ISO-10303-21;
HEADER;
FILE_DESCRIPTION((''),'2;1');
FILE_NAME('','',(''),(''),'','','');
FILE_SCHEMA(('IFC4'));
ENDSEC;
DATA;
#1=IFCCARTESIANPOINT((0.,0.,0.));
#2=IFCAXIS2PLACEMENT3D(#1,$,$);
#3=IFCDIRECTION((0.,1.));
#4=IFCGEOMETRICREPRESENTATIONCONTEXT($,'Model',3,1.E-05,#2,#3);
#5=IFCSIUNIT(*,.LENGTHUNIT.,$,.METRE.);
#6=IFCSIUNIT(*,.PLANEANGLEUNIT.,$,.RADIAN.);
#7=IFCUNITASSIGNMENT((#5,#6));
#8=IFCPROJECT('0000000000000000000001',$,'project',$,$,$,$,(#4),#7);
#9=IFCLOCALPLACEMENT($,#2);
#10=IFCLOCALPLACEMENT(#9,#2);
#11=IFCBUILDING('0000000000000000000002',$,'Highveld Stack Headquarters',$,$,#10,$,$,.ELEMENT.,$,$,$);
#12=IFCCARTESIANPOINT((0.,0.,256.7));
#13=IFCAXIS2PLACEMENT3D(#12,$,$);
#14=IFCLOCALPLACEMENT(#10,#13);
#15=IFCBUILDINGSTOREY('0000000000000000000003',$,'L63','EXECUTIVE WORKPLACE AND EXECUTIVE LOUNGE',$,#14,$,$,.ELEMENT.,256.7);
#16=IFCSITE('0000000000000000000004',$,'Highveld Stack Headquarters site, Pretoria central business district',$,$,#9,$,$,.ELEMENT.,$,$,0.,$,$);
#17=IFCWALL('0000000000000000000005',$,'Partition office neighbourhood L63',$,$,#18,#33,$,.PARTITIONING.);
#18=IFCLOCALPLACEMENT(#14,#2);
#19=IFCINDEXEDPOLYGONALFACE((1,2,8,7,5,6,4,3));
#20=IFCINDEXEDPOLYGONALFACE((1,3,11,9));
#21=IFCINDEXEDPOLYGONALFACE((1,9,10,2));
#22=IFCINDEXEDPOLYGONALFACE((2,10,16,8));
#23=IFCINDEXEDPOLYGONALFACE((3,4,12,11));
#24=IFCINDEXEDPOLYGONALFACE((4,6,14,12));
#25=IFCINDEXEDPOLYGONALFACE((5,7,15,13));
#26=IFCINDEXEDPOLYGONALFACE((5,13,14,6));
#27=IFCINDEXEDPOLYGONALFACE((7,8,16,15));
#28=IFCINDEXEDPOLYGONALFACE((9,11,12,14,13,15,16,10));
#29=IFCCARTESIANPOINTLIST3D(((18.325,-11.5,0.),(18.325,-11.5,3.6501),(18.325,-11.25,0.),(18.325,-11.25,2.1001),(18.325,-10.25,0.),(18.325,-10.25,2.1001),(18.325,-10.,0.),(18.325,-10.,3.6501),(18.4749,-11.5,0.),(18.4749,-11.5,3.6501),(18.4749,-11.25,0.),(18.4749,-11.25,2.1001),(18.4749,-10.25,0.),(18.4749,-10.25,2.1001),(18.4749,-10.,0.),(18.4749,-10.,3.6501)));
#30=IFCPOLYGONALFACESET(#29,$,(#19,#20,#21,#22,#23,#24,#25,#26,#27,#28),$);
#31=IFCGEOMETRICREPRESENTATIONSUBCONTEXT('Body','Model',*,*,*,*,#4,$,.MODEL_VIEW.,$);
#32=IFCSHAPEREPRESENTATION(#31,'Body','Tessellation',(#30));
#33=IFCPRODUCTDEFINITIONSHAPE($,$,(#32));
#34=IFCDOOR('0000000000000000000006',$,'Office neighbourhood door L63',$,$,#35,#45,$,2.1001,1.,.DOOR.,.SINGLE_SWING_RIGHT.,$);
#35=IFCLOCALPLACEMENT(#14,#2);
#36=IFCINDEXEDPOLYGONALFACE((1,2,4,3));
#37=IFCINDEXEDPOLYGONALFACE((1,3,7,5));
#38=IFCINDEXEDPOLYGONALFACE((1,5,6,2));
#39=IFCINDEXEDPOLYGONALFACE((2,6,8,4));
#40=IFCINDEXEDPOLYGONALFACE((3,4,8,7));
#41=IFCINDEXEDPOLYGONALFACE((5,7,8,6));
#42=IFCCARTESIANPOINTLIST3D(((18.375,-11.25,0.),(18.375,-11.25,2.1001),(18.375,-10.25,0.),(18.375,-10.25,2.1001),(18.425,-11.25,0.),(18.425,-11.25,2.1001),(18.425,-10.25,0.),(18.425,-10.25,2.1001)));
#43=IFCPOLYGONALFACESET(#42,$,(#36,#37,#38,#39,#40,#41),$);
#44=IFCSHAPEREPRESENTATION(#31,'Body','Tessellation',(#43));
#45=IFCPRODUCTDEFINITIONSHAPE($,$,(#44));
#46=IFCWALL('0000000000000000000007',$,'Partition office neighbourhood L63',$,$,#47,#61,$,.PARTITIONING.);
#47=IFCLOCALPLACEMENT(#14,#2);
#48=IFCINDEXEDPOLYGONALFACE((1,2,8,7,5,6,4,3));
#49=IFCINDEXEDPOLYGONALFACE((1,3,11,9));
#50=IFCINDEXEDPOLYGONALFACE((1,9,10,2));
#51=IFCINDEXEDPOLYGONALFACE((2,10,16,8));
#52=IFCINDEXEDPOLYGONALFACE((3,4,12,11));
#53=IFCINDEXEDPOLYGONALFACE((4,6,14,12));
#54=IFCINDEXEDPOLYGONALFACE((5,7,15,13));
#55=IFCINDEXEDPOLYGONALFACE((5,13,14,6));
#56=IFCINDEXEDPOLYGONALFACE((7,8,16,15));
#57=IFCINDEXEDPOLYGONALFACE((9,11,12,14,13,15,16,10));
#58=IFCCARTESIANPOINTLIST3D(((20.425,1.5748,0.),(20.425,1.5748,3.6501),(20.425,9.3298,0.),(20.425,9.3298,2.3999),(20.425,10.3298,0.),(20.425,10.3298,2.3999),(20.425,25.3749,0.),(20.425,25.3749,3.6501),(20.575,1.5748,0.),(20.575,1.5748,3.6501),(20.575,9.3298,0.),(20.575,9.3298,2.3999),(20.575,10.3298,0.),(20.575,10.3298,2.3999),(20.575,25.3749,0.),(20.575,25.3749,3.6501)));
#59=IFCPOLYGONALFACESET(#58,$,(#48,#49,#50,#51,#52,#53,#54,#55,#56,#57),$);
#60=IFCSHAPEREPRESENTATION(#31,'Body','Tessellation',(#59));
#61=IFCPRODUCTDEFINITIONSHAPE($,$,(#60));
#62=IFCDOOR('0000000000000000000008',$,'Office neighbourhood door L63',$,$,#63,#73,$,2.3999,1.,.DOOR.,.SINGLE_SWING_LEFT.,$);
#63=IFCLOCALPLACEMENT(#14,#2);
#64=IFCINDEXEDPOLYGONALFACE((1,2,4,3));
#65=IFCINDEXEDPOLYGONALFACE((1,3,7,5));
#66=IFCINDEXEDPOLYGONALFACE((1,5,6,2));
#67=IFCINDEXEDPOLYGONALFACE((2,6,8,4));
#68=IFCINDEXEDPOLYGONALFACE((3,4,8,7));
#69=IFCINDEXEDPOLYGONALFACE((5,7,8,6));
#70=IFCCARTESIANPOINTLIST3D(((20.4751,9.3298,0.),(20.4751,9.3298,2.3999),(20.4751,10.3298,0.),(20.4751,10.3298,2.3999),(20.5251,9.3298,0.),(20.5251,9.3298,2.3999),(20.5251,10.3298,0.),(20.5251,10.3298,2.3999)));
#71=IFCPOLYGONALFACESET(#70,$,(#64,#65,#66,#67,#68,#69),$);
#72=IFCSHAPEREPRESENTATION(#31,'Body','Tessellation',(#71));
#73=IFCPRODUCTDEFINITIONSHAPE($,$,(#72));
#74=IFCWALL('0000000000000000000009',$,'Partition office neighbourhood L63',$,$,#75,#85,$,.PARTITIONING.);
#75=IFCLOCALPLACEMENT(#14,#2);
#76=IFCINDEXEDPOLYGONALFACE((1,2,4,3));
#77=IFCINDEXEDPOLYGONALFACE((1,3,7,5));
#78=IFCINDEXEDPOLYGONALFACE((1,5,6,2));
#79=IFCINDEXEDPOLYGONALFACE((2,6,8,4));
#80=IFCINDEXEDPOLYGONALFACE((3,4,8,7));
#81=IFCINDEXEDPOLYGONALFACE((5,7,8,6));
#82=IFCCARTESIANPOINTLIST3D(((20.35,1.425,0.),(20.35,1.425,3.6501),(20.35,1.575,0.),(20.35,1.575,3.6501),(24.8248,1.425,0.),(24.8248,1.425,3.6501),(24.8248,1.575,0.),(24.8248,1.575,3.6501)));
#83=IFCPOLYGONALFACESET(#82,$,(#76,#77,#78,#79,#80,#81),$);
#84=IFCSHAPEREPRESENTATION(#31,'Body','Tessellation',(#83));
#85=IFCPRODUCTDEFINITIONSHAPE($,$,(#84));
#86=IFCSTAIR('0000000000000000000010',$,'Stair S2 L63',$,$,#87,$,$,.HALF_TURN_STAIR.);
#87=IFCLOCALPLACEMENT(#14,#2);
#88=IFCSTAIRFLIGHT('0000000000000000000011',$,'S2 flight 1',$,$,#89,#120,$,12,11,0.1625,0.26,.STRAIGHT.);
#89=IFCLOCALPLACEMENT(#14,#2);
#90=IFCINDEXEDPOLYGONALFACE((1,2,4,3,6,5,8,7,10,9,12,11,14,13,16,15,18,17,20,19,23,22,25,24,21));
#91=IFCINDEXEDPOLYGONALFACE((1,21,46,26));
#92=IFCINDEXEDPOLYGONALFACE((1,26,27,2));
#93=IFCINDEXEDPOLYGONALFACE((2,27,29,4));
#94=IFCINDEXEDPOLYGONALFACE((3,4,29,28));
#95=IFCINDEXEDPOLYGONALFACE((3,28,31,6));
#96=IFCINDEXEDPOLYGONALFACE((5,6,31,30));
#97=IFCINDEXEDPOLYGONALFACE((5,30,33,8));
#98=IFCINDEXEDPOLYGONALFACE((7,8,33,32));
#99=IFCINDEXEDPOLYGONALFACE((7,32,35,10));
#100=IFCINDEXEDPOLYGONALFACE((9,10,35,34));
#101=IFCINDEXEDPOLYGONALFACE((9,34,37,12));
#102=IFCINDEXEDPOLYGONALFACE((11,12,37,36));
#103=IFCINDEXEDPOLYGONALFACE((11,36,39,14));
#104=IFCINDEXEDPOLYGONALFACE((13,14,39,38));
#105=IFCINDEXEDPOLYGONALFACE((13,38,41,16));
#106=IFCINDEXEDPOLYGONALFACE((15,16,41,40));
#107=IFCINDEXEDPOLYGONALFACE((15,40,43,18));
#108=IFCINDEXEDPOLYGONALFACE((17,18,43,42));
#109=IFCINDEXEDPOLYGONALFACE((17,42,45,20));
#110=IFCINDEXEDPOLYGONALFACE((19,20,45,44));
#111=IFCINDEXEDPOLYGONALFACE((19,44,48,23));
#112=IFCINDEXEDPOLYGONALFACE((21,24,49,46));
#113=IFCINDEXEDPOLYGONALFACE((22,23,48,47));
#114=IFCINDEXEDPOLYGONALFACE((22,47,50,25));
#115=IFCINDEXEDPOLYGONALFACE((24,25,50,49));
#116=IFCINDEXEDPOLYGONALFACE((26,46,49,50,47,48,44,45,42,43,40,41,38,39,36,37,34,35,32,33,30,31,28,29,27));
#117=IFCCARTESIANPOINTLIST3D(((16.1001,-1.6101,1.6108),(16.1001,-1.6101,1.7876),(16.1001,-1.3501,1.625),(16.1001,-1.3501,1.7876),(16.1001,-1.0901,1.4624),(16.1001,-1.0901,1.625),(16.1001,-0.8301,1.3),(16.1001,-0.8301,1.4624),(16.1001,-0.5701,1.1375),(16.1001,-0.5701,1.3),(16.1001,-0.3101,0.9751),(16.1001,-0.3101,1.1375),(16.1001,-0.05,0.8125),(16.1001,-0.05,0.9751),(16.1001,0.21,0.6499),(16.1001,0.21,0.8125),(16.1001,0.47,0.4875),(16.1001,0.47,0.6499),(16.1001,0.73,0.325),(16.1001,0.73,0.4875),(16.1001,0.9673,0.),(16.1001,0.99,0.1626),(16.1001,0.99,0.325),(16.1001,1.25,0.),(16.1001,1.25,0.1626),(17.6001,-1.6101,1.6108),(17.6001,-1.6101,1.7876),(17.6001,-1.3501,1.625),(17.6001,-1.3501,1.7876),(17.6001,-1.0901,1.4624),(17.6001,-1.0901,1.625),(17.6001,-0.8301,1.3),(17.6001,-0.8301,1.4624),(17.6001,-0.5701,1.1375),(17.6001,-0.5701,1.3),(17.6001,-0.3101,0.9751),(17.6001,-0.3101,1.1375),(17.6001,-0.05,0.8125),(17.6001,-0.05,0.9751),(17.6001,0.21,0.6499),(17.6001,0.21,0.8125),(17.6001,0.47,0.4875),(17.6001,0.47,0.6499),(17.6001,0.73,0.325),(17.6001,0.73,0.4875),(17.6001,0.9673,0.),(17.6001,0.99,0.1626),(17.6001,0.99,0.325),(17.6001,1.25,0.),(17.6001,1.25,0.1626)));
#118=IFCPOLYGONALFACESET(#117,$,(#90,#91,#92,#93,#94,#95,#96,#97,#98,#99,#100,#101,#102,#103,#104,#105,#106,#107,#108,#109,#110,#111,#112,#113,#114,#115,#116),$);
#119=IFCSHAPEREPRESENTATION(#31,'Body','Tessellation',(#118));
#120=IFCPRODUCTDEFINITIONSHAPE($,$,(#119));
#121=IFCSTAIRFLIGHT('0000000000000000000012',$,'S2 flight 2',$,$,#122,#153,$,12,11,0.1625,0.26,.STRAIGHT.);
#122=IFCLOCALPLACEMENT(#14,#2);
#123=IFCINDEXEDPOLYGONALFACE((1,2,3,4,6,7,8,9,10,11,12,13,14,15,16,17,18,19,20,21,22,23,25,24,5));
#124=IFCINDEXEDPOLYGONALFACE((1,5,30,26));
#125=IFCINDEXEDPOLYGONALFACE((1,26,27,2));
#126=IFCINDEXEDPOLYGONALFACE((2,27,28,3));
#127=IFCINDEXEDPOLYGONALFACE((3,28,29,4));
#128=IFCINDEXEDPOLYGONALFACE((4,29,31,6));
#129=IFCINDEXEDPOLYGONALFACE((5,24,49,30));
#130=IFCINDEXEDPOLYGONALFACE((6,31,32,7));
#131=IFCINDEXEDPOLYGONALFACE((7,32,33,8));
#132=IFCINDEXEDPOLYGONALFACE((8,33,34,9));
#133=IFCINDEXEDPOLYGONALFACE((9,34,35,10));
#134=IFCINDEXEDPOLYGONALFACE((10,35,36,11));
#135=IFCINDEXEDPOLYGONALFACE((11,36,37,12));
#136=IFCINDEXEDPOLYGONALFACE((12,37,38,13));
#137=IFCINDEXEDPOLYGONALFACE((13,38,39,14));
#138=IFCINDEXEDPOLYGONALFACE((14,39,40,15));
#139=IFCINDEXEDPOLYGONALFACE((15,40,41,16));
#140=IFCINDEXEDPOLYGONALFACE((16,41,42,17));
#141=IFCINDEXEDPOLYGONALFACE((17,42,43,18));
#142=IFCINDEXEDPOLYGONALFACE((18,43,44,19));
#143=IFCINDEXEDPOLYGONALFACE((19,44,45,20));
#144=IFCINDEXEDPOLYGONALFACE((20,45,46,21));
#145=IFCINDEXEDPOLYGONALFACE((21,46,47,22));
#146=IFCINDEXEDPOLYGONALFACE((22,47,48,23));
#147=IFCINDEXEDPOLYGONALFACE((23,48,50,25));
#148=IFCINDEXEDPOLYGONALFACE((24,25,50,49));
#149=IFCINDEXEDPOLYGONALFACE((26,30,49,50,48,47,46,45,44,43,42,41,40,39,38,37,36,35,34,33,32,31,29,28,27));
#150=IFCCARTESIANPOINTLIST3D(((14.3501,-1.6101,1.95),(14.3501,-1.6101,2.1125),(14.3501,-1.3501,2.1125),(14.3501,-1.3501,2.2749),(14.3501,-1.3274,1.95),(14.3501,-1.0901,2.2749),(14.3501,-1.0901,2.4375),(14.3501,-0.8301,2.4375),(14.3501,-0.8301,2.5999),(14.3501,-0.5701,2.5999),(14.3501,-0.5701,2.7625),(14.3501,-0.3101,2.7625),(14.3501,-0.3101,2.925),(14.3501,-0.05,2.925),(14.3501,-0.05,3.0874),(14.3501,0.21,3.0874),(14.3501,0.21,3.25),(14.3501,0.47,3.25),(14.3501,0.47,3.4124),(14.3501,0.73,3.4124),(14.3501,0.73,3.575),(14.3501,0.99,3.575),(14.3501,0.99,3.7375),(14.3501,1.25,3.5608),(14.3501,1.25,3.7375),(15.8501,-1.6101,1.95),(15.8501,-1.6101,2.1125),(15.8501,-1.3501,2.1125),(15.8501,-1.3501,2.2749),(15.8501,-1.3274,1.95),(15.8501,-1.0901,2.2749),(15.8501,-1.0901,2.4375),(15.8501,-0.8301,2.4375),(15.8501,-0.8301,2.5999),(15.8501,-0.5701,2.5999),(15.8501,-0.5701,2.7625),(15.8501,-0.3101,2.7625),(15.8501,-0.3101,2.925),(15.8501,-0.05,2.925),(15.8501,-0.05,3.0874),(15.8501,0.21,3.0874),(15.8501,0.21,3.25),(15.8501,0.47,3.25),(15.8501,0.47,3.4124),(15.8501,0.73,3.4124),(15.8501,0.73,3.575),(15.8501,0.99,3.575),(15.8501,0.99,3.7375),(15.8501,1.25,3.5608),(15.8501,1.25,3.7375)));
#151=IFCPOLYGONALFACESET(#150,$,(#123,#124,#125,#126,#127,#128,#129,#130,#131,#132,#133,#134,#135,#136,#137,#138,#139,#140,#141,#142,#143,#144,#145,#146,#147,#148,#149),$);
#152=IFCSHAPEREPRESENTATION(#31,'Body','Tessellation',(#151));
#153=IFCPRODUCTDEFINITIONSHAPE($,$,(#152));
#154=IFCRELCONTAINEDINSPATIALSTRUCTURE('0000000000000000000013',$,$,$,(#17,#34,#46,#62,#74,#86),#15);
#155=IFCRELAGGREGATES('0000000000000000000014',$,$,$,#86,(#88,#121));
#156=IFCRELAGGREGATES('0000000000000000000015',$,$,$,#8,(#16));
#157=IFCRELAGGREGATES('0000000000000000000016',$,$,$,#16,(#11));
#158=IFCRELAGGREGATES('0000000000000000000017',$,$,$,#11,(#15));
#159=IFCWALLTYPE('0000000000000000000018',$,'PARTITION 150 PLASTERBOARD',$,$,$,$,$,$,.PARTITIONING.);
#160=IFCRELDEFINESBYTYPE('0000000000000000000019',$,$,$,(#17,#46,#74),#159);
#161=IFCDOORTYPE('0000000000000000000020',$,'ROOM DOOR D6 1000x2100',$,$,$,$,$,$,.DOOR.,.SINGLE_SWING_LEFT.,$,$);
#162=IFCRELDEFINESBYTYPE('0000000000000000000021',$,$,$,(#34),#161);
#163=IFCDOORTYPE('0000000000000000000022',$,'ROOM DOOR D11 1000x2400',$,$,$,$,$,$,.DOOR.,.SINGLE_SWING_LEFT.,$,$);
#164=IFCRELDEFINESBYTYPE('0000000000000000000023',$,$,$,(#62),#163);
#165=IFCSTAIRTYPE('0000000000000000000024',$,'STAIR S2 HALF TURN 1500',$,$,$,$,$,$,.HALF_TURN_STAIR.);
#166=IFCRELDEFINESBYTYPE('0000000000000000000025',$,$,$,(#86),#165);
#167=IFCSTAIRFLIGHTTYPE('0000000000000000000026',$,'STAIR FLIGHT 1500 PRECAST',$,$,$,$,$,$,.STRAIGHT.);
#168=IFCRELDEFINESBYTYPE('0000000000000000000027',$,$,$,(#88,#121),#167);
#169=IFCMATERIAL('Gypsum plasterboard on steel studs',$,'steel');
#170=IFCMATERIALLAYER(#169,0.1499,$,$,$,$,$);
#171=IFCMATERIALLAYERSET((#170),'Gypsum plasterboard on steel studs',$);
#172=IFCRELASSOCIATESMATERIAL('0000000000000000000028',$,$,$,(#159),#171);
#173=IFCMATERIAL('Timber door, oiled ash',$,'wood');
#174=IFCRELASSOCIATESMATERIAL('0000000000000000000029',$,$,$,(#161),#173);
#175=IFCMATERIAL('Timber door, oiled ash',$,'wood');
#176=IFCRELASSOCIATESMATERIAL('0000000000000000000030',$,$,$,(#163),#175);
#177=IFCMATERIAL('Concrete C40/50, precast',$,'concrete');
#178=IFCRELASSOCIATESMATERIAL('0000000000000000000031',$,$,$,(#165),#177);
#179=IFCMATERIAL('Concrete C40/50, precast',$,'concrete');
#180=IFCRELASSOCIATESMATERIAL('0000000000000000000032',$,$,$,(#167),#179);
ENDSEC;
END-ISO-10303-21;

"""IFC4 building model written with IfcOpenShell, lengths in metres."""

from ifc_helpers import new_model, si_unit, direction, frame, frame_2d, origin, place, context, subcontext, project, spatial, polyline, rectangle, outline, extrude, material, layer, layer_set, type_object, element, fill, aggregate, save


model = new_model("IFC4")

# Units and contexts
model_context = context("Model", 3, precision=1e-05, world=origin(), true_north=direction((0.0, 1.0)))
body_context = subcontext(model_context, "Body", "Model", "MODEL_VIEW")
ifc_project = project(units=[si_unit("LENGTHUNIT", "METRE"), si_unit("PLANEANGLEUNIT", "RADIAN")], contexts=[model_context])

# Site, building, storey
site_placement = place(None, origin())
site = spatial("IfcSite", under=ifc_project, at=site_placement, Name="Highveld Stack Headquarters site, Pretoria central business district", CompositionType="ELEMENT", RefElevation=0.0)
building_placement = place(site_placement, origin())
building = spatial("IfcBuilding", under=site, at=building_placement, Name="Highveld Stack Headquarters", CompositionType="ELEMENT")
storey_placement = place(building_placement, frame((0.0, 0.0, 256.7)))
storey = spatial("IfcBuildingStorey", under=building, at=storey_placement, Name="L63", Description="EXECUTIVE WORKPLACE AND EXECUTIVE LOUNGE", CompositionType="ELEMENT", Elevation=256.7)

# Shared definitions
ifc_material_1 = material(Name="Gypsum plasterboard on steel studs", Category="steel")
ifc_layer_1 = layer(ifc_material_1, 0.1499)
ifc_layer_set_1 = layer_set([ifc_layer_1], Name="Gypsum plasterboard on steel studs")
wall_type_1 = type_object("IfcWallType", Name="PARTITION 150 PLASTERBOARD", PredefinedType="PARTITIONING", material=ifc_layer_set_1)

# Walls, openings, doors
wall_1_placement = place(storey_placement, frame((18.3999, -11.5, 0.0), z_axis=(0.0, 0.0, 1.0), x_axis=(0.0, 1.0, 0.0)))
wall_1 = element("IfcWall", 1, at=wall_1_placement, inside=storey, type_object=wall_type_1, Name="Partition office neighbourhood L63", PredefinedType="PARTITIONING", context=body_context, shape_type="SweptSolid", body=[
    extrude(rectangle(XDim=1.5, YDim=0.1499, at=frame_2d((0.75, 0.0))), origin(), (0.0, 0.0, 1.0), 3.6501),
])
opening_1_placement = place(wall_1_placement, frame((0.25, 0.0, 0.0)))
opening_1 = element("IfcOpeningElement", 2, at=opening_1_placement, cuts=wall_1, PredefinedType="OPENING", context=body_context, shape_type="SweptSolid", body=[
    extrude(rectangle(XDim=1.0, YDim=2.1001, at=frame_2d((0.5, 1.05))), frame((0.0, 0.085, 0.0), z_axis=(0.0, -1.0, 0.0), x_axis=(1.0, 0.0, 0.0)), (0.0, 0.0, 1.0), 0.1699),
])
ifc_material_2 = material(Name="Timber door, oiled ash", Category="wood")
door_type_1 = type_object("IfcDoorType", Name="ROOM DOOR D6 1000x2100", OperationType="SINGLE_SWING_LEFT", PredefinedType="DOOR", material=ifc_material_2)
door_1_placement = place(opening_1_placement, origin())
door_1 = element("IfcDoor", 3, at=door_1_placement, inside=storey, type_object=door_type_1, Name="Office neighbourhood door L63", OperationType="SINGLE_SWING_RIGHT", OverallHeight=2.1001, OverallWidth=1.0, PredefinedType="DOOR", context=body_context, shape_type="SweptSolid", body=[
    extrude(rectangle(XDim=1.0, YDim=2.1001, at=frame_2d((0.5, 1.05))), frame((0.0, 0.0249, 0.0), z_axis=(0.0, -1.0, 0.0), x_axis=(1.0, 0.0, 0.0)), (0.0, 0.0, 1.0), 0.05),
])
fill(opening_1, door_1)
wall_2_placement = place(storey_placement, frame((20.5, 1.575, 0.0), z_axis=(0.0, 0.0, 1.0), x_axis=(0.0, 1.0, 0.0)))
wall_2 = element("IfcWall", 4, at=wall_2_placement, inside=storey, type_object=wall_type_1, Name="Partition office neighbourhood L63", PredefinedType="PARTITIONING", context=body_context, shape_type="SweptSolid", body=[
    extrude(rectangle(XDim=23.8, YDim=0.1499, at=frame_2d((11.8999, 0.0))), origin(), (0.0, 0.0, 1.0), 3.6501),
])
opening_2_placement = place(wall_2_placement, frame((7.7549, 0.0, 0.0)))
opening_2 = element("IfcOpeningElement", 5, at=opening_2_placement, cuts=wall_2, PredefinedType="OPENING", context=body_context, shape_type="SweptSolid", body=[
    extrude(rectangle(XDim=1.0, YDim=2.3999, at=frame_2d((0.5, 1.2))), frame((0.0, 0.085, 0.0), z_axis=(0.0, -1.0, 0.0), x_axis=(1.0, 0.0, 0.0)), (0.0, 0.0, 1.0), 0.1699),
])
ifc_material_3 = material(Name="Timber door, oiled ash", Category="wood")
door_type_2 = type_object("IfcDoorType", Name="ROOM DOOR D11 1000x2400", OperationType="SINGLE_SWING_LEFT", PredefinedType="DOOR", material=ifc_material_3)
door_2_placement = place(opening_2_placement, origin())
door_2 = element("IfcDoor", 6, at=door_2_placement, inside=storey, type_object=door_type_2, Name="Office neighbourhood door L63", OperationType="SINGLE_SWING_LEFT", OverallHeight=2.3999, OverallWidth=1.0, PredefinedType="DOOR", context=body_context, shape_type="SweptSolid", body=[
    extrude(rectangle(XDim=1.0, YDim=2.3999, at=frame_2d((0.5, 1.2))), frame((0.0, 0.0249, 0.0), z_axis=(0.0, -1.0, 0.0), x_axis=(1.0, 0.0, 0.0)), (0.0, 0.0, 1.0), 0.05),
])
fill(opening_2, door_2)

# Wall
wall_3_placement = place(storey_placement, frame((20.3501, 1.5, 0.0), z_axis=(0.0, 0.0, 1.0), x_axis=(1.0, 0.0, 0.0)))
element("IfcWall", 7, at=wall_3_placement, inside=storey, type_object=wall_type_1, Name="Partition office neighbourhood L63", PredefinedType="PARTITIONING", context=body_context, shape_type="SweptSolid", body=[
    extrude(rectangle(XDim=4.4749, YDim=0.1499, at=frame_2d((2.2373, 0.0))), origin(), (0.0, 0.0, 1.0), 3.6501),
])

# Stair, stair flights
ifc_material_4 = material(Name="Concrete C40/50, precast", Category="concrete")
stair_type = type_object("IfcStairType", Name="STAIR S2 HALF TURN 1500", PredefinedType="HALF_TURN_STAIR", material=ifc_material_4)
stair_placement = place(storey_placement, origin())
stair = element("IfcStair", 8, at=stair_placement, inside=storey, type_object=stair_type, Name="Stair S2 L63", PredefinedType="HALF_TURN_STAIR")
ifc_material_5 = material(Name="Concrete C40/50, precast", Category="concrete")
stair_flight_type = type_object("IfcStairFlightType", Name="STAIR FLIGHT 1500 PRECAST", PredefinedType="STRAIGHT", material=ifc_material_5)
stair_flight_1_placement = place(storey_placement, frame((16.8501, 1.25, 0.0), z_axis=(0.0, 0.0, 1.0), x_axis=(0.0, -1.0, 0.0)))
stair_flight_1 = element("IfcStairFlight", 9, at=stair_flight_1_placement, type_object=stair_flight_type, Name="S2 flight 1", NumberOfRisers=12, NumberOfTreads=11, PredefinedType="STRAIGHT", RiserHeight=0.1625, TreadLength=0.26, context=body_context, shape_type="SweptSolid", body=[
    extrude(outline(polyline([(0.0, 0.0), (0.0, 0.1626), (0.26, 0.1626), (0.26, 0.325), (0.52, 0.325), (0.52, 0.4875), (0.78, 0.4875), (0.78, 0.6499), (1.04, 0.6499), (1.04, 0.8125), (1.3, 0.8125), (1.3, 0.9751), (1.5601, 0.9751), (1.5601, 1.1375), (1.8201, 1.1375), (1.8201, 1.3), (2.0801, 1.3), (2.0801, 1.4624), (2.3401, 1.4624), (2.3401, 1.625), (2.6001, 1.625), (2.6001, 1.7876), (2.8601, 1.7876), (2.8601, 1.95), (2.8601, 1.6108), (0.2827, 0.0), (0.0, 0.0)])), frame((0.0, 0.75, 0.0), z_axis=(0.0, -1.0, 0.0), x_axis=(1.0, 0.0, 0.0)), (0.0, 0.0, 1.0), 1.5),
])
stair_flight_2_placement = place(storey_placement, frame((15.1001, -1.6101, 1.95), z_axis=(0.0, 0.0, 1.0), x_axis=(0.0, 1.0, 0.0)))
stair_flight_2 = element("IfcStairFlight", 10, at=stair_flight_2_placement, type_object=stair_flight_type, Name="S2 flight 2", NumberOfRisers=12, NumberOfTreads=11, PredefinedType="STRAIGHT", RiserHeight=0.1625, TreadLength=0.26, context=body_context, shape_type="SweptSolid", body=[
    extrude(outline(polyline([(0.0, 0.0), (0.0, 0.1626), (0.26, 0.1626), (0.26, 0.325), (0.52, 0.325), (0.52, 0.4875), (0.78, 0.4875), (0.78, 0.6499), (1.04, 0.6499), (1.04, 0.8125), (1.3, 0.8125), (1.3, 0.9751), (1.5601, 0.9751), (1.5601, 1.1375), (1.8201, 1.1375), (1.8201, 1.3), (2.0801, 1.3), (2.0801, 1.4624), (2.3401, 1.4624), (2.3401, 1.625), (2.6001, 1.625), (2.6001, 1.7876), (2.8601, 1.7876), (2.8601, 1.95), (2.8601, 1.6108), (0.2827, 0.0), (0.0, 0.0)])), frame((0.0, 0.75, 0.0), z_axis=(0.0, -1.0, 0.0), x_axis=(1.0, 0.0, 0.0)), (0.0, 0.0, 1.0), 1.5),
])
aggregate(stair, [stair_flight_1, stair_flight_2])

save(model, "model.ifc")
